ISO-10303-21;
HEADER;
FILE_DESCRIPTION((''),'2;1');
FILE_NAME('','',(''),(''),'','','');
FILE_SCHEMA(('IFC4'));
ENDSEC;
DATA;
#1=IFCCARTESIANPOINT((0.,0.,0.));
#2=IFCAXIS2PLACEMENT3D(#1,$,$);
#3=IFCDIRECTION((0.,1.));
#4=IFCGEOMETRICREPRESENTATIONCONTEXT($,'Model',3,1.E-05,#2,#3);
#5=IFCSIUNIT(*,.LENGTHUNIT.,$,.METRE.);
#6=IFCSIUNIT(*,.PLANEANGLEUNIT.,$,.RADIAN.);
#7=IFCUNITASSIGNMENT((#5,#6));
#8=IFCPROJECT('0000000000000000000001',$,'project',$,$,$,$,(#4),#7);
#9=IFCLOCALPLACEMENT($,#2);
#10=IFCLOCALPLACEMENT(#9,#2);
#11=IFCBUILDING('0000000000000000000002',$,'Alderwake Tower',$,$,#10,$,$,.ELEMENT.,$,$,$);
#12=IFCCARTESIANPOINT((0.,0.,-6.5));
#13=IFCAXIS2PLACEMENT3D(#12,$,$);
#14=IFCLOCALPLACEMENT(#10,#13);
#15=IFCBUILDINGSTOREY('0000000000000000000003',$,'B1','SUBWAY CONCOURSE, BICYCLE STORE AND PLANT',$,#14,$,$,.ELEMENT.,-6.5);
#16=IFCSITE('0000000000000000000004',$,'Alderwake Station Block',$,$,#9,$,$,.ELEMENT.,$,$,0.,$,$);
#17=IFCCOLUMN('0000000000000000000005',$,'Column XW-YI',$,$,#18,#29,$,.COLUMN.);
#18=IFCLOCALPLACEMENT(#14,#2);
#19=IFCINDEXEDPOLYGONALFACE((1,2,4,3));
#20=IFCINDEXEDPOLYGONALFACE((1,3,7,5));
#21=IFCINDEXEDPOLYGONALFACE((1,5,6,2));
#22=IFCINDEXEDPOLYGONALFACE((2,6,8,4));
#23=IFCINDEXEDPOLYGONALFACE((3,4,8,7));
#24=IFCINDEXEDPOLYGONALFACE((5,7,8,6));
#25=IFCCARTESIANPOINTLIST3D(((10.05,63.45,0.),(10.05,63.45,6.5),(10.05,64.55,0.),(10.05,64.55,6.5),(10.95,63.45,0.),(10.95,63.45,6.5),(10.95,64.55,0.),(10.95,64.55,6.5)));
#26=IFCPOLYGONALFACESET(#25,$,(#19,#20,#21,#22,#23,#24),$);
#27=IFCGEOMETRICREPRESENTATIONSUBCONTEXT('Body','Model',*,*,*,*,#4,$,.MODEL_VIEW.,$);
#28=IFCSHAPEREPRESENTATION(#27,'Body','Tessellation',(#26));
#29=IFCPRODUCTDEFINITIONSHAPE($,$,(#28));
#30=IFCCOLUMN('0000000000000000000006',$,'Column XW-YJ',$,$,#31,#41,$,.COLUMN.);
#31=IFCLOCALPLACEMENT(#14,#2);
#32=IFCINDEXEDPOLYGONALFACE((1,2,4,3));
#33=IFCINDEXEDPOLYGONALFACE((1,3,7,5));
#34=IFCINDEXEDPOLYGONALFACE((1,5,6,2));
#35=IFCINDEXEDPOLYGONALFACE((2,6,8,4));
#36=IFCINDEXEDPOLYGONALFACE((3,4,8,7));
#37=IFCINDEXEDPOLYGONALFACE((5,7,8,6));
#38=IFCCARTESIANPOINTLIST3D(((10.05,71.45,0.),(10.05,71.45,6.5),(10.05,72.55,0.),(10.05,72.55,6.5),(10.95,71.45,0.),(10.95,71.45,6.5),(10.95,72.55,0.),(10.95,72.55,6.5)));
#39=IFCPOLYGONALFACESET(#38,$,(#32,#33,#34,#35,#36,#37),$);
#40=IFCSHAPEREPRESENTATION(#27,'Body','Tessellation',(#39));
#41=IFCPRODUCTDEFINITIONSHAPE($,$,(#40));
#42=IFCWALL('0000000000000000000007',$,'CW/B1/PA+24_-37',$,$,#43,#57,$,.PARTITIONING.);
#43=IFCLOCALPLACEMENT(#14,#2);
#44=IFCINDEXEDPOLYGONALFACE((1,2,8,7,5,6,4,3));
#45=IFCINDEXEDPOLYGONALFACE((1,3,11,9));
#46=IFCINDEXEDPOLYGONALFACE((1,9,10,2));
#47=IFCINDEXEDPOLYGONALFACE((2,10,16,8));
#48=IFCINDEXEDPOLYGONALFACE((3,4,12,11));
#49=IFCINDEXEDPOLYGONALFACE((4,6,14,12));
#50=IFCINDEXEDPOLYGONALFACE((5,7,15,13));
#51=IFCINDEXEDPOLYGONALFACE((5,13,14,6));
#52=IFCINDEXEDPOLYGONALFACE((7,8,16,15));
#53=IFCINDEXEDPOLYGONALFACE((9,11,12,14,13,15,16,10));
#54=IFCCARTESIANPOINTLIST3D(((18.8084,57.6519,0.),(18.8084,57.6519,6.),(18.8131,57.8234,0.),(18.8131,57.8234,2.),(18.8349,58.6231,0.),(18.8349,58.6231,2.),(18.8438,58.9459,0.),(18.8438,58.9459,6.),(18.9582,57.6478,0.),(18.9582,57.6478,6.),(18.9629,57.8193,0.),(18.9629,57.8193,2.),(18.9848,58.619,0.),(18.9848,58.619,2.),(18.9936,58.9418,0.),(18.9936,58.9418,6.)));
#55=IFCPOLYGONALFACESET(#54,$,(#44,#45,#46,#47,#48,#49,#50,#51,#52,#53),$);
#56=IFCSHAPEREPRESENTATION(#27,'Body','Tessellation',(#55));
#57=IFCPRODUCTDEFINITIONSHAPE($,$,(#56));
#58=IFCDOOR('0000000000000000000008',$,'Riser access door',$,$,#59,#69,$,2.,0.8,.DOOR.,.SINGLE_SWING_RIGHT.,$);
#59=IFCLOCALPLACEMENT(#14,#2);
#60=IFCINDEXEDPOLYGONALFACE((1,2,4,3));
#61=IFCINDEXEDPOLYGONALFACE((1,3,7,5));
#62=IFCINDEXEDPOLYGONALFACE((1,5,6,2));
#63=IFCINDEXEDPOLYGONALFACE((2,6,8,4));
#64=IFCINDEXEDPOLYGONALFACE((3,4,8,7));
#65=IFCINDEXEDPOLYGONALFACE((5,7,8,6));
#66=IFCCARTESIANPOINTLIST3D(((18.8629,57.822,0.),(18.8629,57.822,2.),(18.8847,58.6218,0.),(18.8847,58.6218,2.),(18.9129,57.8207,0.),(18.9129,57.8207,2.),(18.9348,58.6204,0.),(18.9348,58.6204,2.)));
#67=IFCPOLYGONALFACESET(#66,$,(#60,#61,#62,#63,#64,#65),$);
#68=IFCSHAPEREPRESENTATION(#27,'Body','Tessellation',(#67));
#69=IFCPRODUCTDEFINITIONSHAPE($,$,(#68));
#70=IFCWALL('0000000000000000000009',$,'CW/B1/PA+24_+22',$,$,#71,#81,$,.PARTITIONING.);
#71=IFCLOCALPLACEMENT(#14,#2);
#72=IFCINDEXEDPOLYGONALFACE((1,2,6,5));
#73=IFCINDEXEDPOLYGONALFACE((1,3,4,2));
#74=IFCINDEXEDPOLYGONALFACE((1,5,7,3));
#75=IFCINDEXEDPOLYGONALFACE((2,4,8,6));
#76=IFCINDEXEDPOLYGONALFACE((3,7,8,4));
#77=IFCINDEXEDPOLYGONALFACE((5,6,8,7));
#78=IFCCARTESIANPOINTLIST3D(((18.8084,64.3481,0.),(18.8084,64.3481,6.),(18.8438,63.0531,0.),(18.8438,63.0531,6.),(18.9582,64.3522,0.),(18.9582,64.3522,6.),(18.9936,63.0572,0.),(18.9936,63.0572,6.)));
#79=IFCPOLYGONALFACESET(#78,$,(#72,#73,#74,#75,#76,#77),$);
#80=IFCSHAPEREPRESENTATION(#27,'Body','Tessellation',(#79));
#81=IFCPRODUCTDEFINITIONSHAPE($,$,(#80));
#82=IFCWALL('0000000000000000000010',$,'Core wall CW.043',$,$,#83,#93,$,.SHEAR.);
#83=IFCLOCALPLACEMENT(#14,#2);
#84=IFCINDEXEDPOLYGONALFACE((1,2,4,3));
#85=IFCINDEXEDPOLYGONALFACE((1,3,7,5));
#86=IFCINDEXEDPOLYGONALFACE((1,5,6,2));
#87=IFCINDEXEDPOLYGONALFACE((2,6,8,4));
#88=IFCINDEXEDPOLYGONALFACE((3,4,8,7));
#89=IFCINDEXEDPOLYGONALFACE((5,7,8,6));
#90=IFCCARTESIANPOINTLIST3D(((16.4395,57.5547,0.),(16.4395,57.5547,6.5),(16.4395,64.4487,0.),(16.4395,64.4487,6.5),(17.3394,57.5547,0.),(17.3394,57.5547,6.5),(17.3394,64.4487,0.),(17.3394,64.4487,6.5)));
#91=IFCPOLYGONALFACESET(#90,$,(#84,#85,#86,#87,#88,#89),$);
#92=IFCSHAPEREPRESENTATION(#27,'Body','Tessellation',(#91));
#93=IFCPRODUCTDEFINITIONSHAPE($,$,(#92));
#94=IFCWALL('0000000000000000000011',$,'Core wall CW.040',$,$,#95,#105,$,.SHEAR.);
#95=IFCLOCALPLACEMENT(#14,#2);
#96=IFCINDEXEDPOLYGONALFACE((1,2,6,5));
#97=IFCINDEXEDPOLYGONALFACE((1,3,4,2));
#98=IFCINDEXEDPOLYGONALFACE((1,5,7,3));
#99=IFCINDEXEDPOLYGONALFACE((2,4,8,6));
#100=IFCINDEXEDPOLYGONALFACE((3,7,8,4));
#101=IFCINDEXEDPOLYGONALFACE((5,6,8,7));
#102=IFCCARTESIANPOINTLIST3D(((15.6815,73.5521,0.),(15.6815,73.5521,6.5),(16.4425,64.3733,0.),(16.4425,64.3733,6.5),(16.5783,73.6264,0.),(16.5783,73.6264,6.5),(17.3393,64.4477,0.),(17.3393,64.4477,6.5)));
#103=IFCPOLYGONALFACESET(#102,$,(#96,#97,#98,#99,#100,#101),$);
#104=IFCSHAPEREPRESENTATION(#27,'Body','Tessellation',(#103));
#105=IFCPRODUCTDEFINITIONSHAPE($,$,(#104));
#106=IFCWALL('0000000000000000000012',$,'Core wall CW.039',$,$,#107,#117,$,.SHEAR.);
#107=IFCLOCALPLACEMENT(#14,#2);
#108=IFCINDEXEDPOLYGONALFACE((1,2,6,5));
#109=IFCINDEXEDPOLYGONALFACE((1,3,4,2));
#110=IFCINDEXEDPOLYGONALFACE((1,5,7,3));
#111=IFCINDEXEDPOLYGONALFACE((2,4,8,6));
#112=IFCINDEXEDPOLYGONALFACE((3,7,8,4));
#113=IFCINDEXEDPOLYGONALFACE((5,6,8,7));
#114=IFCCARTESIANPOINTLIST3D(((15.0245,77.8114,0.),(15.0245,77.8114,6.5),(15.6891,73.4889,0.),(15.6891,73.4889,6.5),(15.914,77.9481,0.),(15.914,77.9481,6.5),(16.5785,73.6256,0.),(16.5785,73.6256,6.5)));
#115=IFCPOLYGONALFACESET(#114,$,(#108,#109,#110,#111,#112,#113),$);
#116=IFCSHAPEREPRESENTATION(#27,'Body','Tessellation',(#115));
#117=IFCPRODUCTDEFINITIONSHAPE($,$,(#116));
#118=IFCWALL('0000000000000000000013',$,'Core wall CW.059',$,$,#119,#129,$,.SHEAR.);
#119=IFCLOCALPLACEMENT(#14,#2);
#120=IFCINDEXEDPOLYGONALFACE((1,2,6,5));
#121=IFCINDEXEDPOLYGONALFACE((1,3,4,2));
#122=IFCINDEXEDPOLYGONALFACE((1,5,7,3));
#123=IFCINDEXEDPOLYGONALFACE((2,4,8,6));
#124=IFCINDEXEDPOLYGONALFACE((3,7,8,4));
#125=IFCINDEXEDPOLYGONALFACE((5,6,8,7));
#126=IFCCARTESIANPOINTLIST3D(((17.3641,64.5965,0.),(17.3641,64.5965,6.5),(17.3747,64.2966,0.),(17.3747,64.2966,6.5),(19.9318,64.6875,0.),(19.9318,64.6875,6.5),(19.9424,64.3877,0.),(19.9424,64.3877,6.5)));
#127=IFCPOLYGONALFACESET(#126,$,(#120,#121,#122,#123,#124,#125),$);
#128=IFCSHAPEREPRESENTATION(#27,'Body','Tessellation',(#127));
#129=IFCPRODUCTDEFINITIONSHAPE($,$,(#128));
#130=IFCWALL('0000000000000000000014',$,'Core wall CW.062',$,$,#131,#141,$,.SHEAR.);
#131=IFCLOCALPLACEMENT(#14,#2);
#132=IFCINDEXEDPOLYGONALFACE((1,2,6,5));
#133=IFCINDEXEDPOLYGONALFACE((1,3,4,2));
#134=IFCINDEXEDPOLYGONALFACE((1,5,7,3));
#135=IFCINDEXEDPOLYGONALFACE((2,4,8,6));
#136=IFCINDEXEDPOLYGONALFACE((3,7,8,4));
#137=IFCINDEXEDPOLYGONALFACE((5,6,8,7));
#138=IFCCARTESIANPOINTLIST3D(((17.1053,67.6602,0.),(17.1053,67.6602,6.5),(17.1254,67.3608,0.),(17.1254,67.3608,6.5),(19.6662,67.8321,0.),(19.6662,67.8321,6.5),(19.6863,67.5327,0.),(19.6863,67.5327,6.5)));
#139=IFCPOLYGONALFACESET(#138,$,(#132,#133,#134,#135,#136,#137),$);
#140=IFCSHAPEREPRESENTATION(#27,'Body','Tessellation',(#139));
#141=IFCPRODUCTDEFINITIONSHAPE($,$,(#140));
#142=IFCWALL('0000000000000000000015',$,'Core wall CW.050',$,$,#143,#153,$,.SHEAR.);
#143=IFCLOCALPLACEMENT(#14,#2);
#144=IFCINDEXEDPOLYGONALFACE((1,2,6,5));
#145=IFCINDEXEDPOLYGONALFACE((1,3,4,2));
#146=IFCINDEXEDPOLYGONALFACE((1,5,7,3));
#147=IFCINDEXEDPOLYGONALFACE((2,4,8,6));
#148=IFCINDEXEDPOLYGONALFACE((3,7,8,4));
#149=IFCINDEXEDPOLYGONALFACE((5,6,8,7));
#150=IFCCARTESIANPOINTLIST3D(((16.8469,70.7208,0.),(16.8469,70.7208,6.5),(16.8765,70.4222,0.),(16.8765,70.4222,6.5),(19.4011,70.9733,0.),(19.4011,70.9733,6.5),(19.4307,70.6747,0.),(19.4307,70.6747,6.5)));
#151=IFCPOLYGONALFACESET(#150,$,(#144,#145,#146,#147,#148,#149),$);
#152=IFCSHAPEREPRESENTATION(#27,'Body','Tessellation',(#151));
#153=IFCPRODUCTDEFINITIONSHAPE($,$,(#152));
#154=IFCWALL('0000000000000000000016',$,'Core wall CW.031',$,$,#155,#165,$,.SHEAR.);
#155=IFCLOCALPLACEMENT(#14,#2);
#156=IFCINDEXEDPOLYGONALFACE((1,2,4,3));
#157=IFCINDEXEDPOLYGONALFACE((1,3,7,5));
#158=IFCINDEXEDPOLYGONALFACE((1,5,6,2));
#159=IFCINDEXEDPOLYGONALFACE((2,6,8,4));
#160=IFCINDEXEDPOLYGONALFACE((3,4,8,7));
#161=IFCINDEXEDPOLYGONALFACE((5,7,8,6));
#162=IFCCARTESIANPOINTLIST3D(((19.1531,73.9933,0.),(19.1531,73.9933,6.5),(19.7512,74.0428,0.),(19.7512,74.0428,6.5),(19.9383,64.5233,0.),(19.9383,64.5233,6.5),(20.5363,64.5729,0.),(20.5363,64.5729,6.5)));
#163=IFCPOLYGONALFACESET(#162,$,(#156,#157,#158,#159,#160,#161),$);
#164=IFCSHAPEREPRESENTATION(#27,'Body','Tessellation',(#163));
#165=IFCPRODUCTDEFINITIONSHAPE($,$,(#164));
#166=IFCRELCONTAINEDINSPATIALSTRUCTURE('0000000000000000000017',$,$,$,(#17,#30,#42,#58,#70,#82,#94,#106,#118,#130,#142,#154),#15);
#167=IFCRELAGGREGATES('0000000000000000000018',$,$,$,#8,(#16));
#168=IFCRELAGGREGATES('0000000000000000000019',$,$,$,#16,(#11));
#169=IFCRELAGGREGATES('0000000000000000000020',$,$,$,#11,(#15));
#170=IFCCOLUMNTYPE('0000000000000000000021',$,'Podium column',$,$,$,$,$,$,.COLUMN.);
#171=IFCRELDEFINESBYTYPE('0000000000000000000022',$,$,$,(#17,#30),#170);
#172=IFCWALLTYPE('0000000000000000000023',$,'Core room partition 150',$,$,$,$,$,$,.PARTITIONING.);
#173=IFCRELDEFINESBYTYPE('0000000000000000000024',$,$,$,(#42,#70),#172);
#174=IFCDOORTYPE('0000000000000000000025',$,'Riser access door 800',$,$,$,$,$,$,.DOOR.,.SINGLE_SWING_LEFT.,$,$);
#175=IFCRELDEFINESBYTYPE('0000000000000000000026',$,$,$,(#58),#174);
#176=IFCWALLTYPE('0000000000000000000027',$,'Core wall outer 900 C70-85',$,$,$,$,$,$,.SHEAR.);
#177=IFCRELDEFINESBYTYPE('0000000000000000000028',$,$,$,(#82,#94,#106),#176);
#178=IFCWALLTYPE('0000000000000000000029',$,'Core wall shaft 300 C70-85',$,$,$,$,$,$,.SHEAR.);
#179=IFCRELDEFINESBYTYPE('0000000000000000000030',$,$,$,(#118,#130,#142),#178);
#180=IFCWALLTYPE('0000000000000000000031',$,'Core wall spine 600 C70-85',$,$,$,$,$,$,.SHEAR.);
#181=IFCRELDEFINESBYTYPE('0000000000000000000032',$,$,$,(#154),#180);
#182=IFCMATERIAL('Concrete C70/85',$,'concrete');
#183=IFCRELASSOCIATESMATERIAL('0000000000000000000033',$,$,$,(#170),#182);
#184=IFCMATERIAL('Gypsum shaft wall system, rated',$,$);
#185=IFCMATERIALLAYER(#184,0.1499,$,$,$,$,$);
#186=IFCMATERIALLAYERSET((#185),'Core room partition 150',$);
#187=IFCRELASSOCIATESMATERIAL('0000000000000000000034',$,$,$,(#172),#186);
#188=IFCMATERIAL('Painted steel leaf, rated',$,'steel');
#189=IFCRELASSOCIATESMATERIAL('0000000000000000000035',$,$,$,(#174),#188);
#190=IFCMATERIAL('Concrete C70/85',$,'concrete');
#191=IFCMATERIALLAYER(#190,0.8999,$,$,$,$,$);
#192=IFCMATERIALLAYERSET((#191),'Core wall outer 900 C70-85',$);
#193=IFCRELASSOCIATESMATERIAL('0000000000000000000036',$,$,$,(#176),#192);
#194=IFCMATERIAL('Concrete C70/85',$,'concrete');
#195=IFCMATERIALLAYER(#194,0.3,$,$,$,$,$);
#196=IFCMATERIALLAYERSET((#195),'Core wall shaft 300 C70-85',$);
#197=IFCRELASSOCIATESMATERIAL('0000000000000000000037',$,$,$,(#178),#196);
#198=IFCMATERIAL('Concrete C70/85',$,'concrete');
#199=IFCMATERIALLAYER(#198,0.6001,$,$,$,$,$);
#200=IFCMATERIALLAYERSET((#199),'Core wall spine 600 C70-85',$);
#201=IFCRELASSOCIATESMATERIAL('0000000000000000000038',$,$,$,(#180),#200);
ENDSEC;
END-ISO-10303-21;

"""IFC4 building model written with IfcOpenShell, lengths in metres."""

from ifc_helpers import new_model, si_unit, direction, frame, frame_2d, origin, origin_2d, place, context, subcontext, project, spatial, rectangle, extrude, material, layer, layer_set, material_profile, profile_set, type_object, element, fill, save


model = new_model("IFC4")

# Units and contexts
model_context = context("Model", 3, precision=1e-05, world=origin(), true_north=direction((0.0, 1.0)))
body_context = subcontext(model_context, "Body", "Model", "MODEL_VIEW")
ifc_project = project(units=[si_unit("LENGTHUNIT", "METRE"), si_unit("PLANEANGLEUNIT", "RADIAN")], contexts=[model_context])

# Site, building, storey
site_placement = place(None, origin())
site = spatial("IfcSite", under=ifc_project, at=site_placement, Name="Alderwake Station Block", CompositionType="ELEMENT", RefElevation=0.0)
building_placement = place(site_placement, origin())
building = spatial("IfcBuilding", under=site, at=building_placement, Name="Alderwake Tower", CompositionType="ELEMENT")
storey_placement = place(building_placement, frame((0.0, 0.0, -6.5)))
storey = spatial("IfcBuildingStorey", under=building, at=storey_placement, Name="B1", Description="SUBWAY CONCOURSE, BICYCLE STORE AND PLANT", CompositionType="ELEMENT", Elevation=-6.5)

# Columns
ifc_material_1 = material(Name="Concrete C70/85", Category="concrete")
ifc_material_profile = material_profile(ifc_material_1, rectangle(XDim=0.8999, YDim=1.1001, at=origin_2d()), Name="RC 1100X900")
ifc_profile_set = profile_set([ifc_material_profile], Name="Concrete C70/85")
column_type = type_object("IfcColumnType", Name="Podium column", PredefinedType="COLUMN", material=ifc_profile_set)
for number, where, z_axis, x_axis, name in (
    (1, (10.5, 64.0, 0.0), (0.0, 0.0, 1.0), (1.0, 0.0, 0.0), "Column XW-YI"),
    (2, (10.5, 72.0, 0.0), (0.0, 0.0, 1.0), (1.0, 0.0, 0.0), "Column XW-YJ"),
):
    element("IfcColumn", number, at=place(storey_placement, frame(where, z_axis=z_axis, x_axis=x_axis)), inside=storey, type_object=column_type, Name=name, PredefinedType="COLUMN", context=body_context, shape_type="SweptSolid", body=[
        extrude(rectangle(XDim=0.8999, YDim=1.1001, at=origin_2d()), origin(), (0.0, 0.0, 1.0), 6.5),
    ])

# Wall, opening, door
ifc_material_2 = material(Name="Gypsum shaft wall system, rated")
ifc_layer_1 = layer(ifc_material_2, 0.1499)
ifc_layer_set_1 = layer_set([ifc_layer_1], Name="Core room partition 150")
wall_type_1 = type_object("IfcWallType", Name="Core room partition 150", PredefinedType="PARTITIONING", material=ifc_layer_set_1)
wall_1_placement = place(storey_placement, frame((18.9187, 58.9438, 0.0), z_axis=(0.0, 0.0, 1.0), x_axis=(-0.027348, -0.999626, 0.0)))
wall_1 = element("IfcWall", 3, at=wall_1_placement, inside=storey, type_object=wall_type_1, Name="CW/B1/PA+24_-37", PredefinedType="PARTITIONING", context=body_context, shape_type="SweptSolid", body=[
    extrude(rectangle(XDim=1.2944, YDim=0.1499, at=frame_2d((0.6472, 0.0))), origin(), (0.0, 0.0, 1.0), 6.0),
])
opening_1_placement = place(wall_1_placement, frame((0.323, 0.0, 0.0)))
opening_1 = element("IfcOpeningElement", 4, at=opening_1_placement, cuts=wall_1, PredefinedType="OPENING", context=body_context, shape_type="SweptSolid", body=[
    extrude(rectangle(XDim=0.8, YDim=2.0, at=frame_2d((0.3999, 1.0))), frame((0.0, 0.085, 0.0), z_axis=(0.0, -1.0, 0.0), x_axis=(1.0, 0.0, 0.0)), (0.0, 0.0, 1.0), 0.1699),
])
ifc_material_3 = material(Name="Painted steel leaf, rated", Category="steel")
door_type_1 = type_object("IfcDoorType", Name="Riser access door 800", OperationType="SINGLE_SWING_LEFT", PredefinedType="DOOR", material=ifc_material_3)
door_1_placement = place(opening_1_placement, origin())
door_1 = element("IfcDoor", 5, at=door_1_placement, inside=storey, type_object=door_type_1, Name="Riser access door", OperationType="SINGLE_SWING_RIGHT", OverallHeight=2.0, OverallWidth=0.8, PredefinedType="DOOR", context=body_context, shape_type="SweptSolid", body=[
    extrude(rectangle(XDim=0.8, YDim=2.0, at=frame_2d((0.3999, 1.0))), frame((0.0, 0.0249, 0.0), z_axis=(0.0, -1.0, 0.0), x_axis=(1.0, 0.0, 0.0)), (0.0, 0.0, 1.0), 0.05),
])
fill(opening_1, door_1)

# Walls
wall_2_placement = place(storey_placement, frame((18.9187, 63.0552, 0.0), z_axis=(0.0, 0.0, 1.0), x_axis=(-0.027328, 0.999627, 0.0)))
element("IfcWall", 6, at=wall_2_placement, inside=storey, type_object=wall_type_1, Name="CW/B1/PA+24_+22", PredefinedType="PARTITIONING", context=body_context, shape_type="SweptSolid", body=[
    extrude(rectangle(XDim=1.2954, YDim=0.1499, at=frame_2d((0.6477, 0.0))), origin(), (0.0, 0.0, 1.0), 6.0),
])
ifc_material_4 = material(Name="Concrete C70/85", Category="concrete")
ifc_layer_2 = layer(ifc_material_4, 0.8999)
ifc_layer_set_2 = layer_set([ifc_layer_2], Name="Core wall outer 900 C70-85")
wall_type_2 = type_object("IfcWallType", Name="Core wall outer 900 C70-85", PredefinedType="SHEAR", material=ifc_layer_set_2)
wall_3_placement = place(storey_placement, frame((16.8894, 57.5547, 0.0), z_axis=(0.0, 0.0, 1.0), x_axis=(0.0, 1.0, 0.0)))
element("IfcWall", 7, at=wall_3_placement, inside=storey, type_object=wall_type_2, Name="Core wall CW.043", PredefinedType="SHEAR", context=body_context, shape_type="SweptSolid", body=[
    extrude(rectangle(XDim=6.894, YDim=0.8999, at=frame_2d((3.447, 0.0))), origin(), (0.0, 0.0, 1.0), 6.5),
])
wall_4_placement = place(storey_placement, frame((16.8909, 64.4106, 0.0), z_axis=(0.0, 0.0, 1.0), x_axis=(-0.082624, 0.996581, 0.0)))
element("IfcWall", 8, at=wall_4_placement, inside=storey, type_object=wall_type_2, Name="Core wall CW.040", PredefinedType="SHEAR", context=body_context, shape_type="SweptSolid", body=[
    extrude(rectangle(XDim=9.2102, YDim=0.8999, at=frame_2d((4.605, 0.0))), origin(), (0.0, 0.0, 1.0), 6.5),
])
wall_5_placement = place(storey_placement, frame((16.1338, 73.5574, 0.0), z_axis=(0.0, 0.0, 1.0), x_axis=(-0.151957, 0.988387, 0.0)))
element("IfcWall", 9, at=wall_5_placement, inside=storey, type_object=wall_type_2, Name="Core wall CW.039", PredefinedType="SHEAR", context=body_context, shape_type="SweptSolid", body=[
    extrude(rectangle(XDim=4.3733, YDim=0.8999, at=frame_2d((2.1865, 0.0))), origin(), (0.0, 0.0, 1.0), 6.5),
])
ifc_material_5 = material(Name="Concrete C70/85", Category="concrete")
ifc_layer_3 = layer(ifc_material_5, 0.3)
ifc_layer_set_3 = layer_set([ifc_layer_3], Name="Core wall shaft 300 C70-85")
wall_type_3 = type_object("IfcWallType", Name="Core wall shaft 300 C70-85", PredefinedType="SHEAR", material=ifc_layer_set_3)
wall_6_placement = place(storey_placement, frame((17.3694, 64.4465, 0.0), z_axis=(0.0, 0.0, 1.0), x_axis=(0.999372, 0.035444, 0.0)))
element("IfcWall", 10, at=wall_6_placement, inside=storey, type_object=wall_type_3, Name="Core wall CW.059", PredefinedType="SHEAR", context=body_context, shape_type="SweptSolid", body=[
    extrude(rectangle(XDim=2.5693, YDim=0.3, at=frame_2d((1.2847, 0.0))), origin(), (0.0, 0.0, 1.0), 6.5),
])
for number, where, z_axis, x_axis, name in (
    (11, (17.1155, 67.5105, 0.0), (0.0, 0.0, 1.0), (0.997755, 0.066967, 0.0), "Core wall CW.062"),
    (12, (16.8618, 70.5715, 0.0), (0.0, 0.0, 1.0), (0.995151, 0.098355, 0.0), "Core wall CW.050"),
):
    element("IfcWall", number, at=place(storey_placement, frame(where, z_axis=z_axis, x_axis=x_axis)), inside=storey, type_object=wall_type_3, Name=name, PredefinedType="SHEAR", context=body_context, shape_type="SweptSolid", body=[
        extrude(rectangle(XDim=2.5667, YDim=0.3, at=frame_2d((1.2832, 0.0))), origin(), (0.0, 0.0, 1.0), 6.5),
    ])
ifc_material_6 = material(Name="Concrete C70/85", Category="concrete")
ifc_layer_4 = layer(ifc_material_6, 0.6001)
ifc_layer_set_4 = layer_set([ifc_layer_4], Name="Core wall spine 600 C70-85")
wall_type_4 = type_object("IfcWallType", Name="Core wall spine 600 C70-85", PredefinedType="SHEAR", material=ifc_layer_set_4)
wall_7_placement = place(storey_placement, frame((20.2373, 64.5481, 0.0), z_axis=(0.0, 0.0, 1.0), x_axis=(-0.082627, 0.996581, 0.0)))
element("IfcWall", 13, at=wall_7_placement, inside=storey, type_object=wall_type_4, Name="Core wall CW.031", PredefinedType="SHEAR", context=body_context, shape_type="SweptSolid", body=[
    extrude(rectangle(XDim=9.5024, YDim=0.6001, at=frame_2d((4.7512, 0.0))), origin(), (0.0, 0.0, 1.0), 6.5),
])

save(model, "model.ifc")
